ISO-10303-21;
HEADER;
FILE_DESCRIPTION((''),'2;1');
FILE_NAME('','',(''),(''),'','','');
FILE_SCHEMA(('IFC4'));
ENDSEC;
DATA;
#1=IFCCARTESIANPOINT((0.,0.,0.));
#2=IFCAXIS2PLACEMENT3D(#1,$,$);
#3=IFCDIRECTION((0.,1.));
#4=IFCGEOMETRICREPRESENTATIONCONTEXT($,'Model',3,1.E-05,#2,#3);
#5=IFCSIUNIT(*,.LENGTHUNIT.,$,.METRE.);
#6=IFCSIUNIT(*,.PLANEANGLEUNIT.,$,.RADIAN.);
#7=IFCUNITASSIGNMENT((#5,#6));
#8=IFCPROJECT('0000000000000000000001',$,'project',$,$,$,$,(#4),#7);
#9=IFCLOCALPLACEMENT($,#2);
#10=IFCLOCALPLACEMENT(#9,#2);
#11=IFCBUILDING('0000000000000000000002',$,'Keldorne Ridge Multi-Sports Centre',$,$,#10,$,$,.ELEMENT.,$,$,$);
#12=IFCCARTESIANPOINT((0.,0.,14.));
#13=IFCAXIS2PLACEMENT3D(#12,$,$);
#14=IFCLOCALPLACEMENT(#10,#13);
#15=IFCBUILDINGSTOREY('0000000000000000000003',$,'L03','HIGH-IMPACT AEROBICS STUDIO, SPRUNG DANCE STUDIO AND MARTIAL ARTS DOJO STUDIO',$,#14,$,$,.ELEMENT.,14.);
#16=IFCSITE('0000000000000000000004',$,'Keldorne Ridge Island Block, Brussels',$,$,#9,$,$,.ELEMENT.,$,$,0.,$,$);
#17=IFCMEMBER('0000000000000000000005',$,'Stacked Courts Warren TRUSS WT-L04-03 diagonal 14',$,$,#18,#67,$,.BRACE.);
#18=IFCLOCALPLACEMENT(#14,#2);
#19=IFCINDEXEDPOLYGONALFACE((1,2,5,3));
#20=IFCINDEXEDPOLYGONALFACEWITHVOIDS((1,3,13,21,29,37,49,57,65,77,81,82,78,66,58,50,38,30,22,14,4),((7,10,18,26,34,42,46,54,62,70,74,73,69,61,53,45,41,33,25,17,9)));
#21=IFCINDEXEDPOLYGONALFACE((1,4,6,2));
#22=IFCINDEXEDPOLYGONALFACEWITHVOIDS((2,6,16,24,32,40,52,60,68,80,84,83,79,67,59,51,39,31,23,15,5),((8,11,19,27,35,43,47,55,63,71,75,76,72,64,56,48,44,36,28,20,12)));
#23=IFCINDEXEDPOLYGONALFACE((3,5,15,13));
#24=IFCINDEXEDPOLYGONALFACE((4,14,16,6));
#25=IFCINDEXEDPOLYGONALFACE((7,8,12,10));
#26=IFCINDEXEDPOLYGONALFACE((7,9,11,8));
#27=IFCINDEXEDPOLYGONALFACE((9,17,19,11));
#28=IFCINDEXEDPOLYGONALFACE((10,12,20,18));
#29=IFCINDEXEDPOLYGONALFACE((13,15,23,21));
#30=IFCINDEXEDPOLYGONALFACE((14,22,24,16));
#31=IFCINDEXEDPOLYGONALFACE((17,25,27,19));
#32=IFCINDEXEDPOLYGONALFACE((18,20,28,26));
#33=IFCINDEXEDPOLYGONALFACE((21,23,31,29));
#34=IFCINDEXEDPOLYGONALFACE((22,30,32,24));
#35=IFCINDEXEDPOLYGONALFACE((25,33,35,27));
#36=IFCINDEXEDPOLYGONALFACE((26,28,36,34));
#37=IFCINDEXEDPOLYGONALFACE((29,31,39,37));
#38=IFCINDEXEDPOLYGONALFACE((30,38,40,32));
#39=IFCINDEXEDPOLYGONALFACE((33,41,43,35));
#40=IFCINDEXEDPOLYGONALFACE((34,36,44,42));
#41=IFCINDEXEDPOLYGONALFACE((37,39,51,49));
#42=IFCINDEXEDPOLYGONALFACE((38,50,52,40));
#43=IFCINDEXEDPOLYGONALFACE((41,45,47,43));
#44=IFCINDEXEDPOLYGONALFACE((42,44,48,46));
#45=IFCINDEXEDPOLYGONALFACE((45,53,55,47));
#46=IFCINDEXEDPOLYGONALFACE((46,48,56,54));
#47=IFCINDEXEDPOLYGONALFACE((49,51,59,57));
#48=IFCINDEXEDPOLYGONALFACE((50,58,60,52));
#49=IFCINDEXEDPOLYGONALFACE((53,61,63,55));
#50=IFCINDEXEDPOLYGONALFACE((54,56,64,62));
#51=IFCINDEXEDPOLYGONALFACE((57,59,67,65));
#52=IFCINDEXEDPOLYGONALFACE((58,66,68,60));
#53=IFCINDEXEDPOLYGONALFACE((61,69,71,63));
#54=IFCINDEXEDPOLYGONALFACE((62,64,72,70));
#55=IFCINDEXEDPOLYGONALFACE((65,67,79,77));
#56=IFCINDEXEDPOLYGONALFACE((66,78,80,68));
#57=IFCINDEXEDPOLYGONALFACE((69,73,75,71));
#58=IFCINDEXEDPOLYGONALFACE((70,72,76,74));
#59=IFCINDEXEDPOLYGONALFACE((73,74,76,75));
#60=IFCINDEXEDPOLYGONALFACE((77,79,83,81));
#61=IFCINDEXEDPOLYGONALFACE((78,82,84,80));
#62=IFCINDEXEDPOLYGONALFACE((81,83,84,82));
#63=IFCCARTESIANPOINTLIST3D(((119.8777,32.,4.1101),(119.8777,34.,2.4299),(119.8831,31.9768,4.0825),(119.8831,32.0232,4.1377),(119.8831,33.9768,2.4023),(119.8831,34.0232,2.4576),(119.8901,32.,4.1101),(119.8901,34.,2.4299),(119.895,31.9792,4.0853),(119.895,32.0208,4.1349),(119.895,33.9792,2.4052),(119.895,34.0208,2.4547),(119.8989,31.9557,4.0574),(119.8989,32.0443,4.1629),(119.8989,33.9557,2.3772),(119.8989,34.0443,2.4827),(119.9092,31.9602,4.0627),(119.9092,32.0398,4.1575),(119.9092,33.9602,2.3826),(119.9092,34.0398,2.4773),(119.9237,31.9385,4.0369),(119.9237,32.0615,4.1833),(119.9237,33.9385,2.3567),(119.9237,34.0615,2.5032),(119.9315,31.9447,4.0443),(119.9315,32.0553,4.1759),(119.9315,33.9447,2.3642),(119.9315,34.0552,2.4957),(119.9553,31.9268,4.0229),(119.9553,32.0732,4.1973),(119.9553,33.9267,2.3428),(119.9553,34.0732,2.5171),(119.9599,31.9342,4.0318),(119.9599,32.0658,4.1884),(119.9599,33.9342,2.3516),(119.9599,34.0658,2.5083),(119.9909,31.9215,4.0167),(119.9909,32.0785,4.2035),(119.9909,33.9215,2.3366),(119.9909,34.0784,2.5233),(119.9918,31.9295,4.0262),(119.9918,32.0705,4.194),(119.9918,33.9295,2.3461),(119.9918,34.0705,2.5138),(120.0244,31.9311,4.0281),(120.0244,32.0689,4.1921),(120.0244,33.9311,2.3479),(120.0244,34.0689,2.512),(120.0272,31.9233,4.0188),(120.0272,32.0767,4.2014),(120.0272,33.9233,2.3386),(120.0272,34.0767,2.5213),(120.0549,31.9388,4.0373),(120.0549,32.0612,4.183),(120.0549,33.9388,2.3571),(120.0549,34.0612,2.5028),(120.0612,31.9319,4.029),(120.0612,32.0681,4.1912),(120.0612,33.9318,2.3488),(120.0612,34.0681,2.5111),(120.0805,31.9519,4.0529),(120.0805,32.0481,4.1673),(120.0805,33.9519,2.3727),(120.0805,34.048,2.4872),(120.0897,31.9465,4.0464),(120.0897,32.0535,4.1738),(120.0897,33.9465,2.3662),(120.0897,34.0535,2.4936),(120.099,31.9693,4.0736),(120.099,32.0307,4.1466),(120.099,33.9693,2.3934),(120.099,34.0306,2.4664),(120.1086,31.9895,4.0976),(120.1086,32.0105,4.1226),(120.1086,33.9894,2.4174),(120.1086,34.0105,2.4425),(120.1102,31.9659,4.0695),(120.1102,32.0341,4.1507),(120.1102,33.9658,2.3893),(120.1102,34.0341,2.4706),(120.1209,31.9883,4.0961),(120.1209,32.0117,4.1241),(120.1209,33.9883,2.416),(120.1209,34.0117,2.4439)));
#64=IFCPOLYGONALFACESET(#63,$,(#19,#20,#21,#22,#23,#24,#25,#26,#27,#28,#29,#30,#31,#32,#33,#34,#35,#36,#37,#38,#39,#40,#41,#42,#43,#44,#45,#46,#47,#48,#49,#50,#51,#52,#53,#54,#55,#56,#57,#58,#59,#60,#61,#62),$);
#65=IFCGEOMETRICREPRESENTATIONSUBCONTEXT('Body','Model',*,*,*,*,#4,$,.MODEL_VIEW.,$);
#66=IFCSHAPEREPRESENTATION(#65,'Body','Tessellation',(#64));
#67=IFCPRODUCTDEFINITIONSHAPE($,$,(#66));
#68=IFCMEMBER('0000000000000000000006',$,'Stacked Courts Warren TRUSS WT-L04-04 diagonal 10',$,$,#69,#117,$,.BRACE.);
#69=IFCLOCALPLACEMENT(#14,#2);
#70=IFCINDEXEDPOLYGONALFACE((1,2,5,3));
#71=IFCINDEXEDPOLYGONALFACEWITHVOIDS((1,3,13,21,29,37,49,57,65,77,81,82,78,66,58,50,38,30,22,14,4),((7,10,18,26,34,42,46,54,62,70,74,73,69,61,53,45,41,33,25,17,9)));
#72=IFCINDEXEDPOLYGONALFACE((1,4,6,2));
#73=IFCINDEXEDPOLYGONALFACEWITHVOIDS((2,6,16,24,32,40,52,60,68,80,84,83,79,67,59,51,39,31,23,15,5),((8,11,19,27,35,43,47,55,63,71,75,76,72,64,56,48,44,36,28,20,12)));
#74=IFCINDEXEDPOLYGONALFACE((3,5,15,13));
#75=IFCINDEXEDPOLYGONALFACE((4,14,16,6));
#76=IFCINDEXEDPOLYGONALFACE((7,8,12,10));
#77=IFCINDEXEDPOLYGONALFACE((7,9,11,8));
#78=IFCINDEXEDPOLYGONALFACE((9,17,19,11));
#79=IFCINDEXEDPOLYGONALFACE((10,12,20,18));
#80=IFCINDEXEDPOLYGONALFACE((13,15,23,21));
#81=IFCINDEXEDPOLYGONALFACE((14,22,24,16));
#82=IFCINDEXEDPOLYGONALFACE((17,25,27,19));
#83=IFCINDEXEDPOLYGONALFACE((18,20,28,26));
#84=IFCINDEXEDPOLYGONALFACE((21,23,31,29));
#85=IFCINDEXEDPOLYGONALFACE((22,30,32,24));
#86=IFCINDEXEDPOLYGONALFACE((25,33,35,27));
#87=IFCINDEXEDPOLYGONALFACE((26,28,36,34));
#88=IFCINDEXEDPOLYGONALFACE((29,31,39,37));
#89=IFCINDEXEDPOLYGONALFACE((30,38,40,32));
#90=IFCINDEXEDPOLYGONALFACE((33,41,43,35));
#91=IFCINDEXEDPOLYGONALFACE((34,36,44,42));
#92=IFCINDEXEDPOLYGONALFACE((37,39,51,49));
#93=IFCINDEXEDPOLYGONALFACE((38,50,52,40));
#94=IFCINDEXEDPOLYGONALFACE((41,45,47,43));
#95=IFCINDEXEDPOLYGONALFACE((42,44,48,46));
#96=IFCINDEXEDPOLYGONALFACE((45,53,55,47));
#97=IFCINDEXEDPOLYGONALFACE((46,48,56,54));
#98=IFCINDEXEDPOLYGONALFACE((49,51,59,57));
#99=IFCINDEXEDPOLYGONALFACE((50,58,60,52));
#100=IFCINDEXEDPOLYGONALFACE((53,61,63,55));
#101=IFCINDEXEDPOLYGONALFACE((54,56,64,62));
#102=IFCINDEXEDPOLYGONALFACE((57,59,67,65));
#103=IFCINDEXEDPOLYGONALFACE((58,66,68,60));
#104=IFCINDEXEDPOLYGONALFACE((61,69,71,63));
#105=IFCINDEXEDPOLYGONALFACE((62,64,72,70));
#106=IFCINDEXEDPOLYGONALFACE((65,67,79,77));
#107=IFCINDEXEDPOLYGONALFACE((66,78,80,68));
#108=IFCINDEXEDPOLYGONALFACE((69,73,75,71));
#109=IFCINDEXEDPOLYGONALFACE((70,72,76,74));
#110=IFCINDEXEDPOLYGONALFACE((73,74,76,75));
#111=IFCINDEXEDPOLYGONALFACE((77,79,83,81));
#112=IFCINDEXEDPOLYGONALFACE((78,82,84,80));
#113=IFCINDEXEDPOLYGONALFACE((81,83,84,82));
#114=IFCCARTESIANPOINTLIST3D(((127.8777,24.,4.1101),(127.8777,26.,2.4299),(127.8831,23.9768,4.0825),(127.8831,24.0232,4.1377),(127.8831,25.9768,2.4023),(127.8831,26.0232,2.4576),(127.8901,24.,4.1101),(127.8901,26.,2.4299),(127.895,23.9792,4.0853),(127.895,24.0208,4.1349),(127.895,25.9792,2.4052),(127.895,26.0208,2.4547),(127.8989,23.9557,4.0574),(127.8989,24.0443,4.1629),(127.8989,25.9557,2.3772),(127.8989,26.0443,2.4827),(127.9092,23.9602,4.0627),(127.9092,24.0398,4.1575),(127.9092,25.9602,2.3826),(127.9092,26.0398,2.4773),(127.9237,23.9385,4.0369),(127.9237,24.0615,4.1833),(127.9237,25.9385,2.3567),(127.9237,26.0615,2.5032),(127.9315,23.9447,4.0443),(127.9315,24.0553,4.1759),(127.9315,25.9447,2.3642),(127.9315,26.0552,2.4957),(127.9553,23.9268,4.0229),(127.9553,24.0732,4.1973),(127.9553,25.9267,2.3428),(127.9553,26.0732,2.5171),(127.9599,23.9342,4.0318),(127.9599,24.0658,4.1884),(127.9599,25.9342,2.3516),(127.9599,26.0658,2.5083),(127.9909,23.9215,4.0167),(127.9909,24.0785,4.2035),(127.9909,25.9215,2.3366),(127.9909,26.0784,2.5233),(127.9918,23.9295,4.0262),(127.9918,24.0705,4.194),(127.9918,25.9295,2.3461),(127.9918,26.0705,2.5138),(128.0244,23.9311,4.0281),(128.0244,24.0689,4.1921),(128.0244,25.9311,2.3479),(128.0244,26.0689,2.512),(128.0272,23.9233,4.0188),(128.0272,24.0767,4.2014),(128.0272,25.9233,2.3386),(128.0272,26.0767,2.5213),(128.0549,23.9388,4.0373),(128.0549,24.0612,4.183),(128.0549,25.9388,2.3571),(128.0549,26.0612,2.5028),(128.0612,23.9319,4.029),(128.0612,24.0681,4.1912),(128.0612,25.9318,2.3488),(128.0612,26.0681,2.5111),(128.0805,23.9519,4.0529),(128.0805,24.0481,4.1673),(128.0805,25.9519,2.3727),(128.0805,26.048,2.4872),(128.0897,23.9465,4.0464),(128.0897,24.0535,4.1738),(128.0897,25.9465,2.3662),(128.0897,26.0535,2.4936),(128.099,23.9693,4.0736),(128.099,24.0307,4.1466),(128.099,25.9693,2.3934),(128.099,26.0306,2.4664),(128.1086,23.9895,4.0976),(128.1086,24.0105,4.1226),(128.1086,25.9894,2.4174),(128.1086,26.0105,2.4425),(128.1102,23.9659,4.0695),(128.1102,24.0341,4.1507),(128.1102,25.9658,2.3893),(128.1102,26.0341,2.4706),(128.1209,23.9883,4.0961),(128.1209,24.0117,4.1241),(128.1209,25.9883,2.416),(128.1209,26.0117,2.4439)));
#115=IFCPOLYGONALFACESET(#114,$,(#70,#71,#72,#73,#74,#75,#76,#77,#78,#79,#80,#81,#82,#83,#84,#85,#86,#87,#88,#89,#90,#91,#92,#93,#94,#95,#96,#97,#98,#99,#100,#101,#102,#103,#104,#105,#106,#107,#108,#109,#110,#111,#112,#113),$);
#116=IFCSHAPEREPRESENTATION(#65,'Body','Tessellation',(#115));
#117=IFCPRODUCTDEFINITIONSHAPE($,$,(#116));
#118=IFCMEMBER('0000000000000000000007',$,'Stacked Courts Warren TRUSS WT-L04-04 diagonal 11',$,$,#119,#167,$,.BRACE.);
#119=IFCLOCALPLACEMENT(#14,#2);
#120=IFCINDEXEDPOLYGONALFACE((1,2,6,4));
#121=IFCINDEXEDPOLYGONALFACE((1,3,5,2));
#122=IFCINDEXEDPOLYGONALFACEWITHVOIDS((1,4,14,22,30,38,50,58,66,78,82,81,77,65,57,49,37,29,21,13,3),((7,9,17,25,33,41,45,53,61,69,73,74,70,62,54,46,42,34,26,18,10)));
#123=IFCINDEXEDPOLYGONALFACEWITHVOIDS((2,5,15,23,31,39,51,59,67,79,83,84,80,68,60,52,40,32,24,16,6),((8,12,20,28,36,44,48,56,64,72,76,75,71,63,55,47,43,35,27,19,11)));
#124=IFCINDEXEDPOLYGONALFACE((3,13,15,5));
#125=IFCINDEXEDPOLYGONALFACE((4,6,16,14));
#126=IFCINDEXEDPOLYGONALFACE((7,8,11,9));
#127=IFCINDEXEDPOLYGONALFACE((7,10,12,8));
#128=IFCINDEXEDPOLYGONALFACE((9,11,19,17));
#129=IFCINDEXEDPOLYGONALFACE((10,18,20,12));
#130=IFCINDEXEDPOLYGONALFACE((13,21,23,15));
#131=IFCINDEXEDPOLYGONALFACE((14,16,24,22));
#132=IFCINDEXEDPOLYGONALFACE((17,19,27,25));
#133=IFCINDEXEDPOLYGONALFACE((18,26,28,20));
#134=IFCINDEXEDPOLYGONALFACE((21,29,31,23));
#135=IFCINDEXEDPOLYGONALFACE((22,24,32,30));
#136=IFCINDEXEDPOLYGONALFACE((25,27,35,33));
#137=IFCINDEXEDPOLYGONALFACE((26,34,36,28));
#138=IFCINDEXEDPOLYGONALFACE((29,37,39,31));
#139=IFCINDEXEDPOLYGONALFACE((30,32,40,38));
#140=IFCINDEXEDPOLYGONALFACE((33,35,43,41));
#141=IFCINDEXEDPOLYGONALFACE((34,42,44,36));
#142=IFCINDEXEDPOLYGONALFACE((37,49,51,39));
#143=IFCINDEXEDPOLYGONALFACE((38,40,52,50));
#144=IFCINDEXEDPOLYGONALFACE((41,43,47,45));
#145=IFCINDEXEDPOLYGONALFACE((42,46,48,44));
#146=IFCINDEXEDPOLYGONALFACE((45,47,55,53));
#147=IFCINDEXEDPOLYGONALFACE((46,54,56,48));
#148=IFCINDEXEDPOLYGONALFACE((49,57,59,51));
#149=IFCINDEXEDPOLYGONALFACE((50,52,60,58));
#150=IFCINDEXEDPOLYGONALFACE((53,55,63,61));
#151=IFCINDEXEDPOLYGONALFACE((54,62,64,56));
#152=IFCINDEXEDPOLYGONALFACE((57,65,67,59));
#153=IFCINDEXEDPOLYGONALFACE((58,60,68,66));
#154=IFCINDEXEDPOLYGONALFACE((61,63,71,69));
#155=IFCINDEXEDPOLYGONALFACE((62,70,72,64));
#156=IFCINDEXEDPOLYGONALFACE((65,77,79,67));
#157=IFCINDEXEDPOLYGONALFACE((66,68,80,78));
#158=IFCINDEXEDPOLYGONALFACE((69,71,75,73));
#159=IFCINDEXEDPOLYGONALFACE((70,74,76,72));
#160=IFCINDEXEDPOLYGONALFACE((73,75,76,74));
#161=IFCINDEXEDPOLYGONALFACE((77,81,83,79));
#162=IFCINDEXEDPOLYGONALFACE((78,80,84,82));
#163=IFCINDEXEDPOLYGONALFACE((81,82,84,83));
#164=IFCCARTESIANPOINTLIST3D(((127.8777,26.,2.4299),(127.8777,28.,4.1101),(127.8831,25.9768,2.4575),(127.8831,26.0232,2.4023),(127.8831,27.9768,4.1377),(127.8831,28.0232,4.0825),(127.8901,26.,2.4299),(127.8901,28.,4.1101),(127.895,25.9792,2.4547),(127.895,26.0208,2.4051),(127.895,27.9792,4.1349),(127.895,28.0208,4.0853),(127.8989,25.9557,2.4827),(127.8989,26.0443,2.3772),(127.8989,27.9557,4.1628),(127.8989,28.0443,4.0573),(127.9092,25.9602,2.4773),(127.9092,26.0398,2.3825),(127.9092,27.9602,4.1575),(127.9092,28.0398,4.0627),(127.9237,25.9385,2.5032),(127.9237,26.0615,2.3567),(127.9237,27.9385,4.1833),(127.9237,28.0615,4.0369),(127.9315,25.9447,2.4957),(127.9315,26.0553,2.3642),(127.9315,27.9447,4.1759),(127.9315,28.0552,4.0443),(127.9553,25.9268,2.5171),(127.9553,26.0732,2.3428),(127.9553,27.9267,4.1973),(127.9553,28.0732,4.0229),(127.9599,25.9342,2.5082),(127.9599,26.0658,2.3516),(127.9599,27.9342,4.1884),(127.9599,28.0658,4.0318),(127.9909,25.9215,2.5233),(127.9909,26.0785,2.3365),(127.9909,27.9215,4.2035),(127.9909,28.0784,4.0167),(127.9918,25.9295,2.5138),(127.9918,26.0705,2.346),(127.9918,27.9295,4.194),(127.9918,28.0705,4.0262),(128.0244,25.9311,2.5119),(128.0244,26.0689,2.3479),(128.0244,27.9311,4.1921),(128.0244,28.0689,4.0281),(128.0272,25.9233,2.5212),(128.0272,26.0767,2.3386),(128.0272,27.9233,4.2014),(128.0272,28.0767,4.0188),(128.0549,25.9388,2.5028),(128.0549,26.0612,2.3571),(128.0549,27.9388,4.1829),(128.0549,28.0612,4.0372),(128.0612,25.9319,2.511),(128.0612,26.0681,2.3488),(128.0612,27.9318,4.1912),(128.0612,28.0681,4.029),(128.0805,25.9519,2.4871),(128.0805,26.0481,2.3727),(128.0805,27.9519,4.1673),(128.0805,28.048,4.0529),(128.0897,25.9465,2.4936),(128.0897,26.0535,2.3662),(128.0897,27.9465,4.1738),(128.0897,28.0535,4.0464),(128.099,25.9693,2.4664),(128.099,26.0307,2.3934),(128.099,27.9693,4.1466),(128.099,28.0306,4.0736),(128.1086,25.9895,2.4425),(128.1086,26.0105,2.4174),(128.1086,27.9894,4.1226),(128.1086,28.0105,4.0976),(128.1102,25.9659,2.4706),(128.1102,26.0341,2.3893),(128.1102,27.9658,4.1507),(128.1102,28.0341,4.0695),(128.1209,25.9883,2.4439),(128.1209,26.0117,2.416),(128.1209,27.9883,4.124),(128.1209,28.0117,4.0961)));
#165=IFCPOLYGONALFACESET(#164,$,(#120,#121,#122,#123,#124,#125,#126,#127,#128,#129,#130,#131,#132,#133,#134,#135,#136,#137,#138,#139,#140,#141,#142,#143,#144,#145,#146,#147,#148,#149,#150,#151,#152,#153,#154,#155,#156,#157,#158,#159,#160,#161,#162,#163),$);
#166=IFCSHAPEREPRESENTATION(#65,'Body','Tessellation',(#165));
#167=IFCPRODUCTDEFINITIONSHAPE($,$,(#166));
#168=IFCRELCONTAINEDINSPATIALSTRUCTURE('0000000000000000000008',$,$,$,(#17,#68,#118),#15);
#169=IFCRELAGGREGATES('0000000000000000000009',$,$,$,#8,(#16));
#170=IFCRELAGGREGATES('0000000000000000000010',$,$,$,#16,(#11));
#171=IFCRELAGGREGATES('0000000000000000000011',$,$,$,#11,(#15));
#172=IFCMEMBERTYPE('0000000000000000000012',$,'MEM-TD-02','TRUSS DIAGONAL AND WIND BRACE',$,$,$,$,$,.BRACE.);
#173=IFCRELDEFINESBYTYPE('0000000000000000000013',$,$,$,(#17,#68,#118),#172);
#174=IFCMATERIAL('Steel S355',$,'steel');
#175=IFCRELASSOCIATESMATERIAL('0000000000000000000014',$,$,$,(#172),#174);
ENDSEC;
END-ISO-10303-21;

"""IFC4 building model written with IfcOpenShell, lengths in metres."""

from ifc_helpers import new_model, si_unit, direction, frame, origin, origin_2d, place, context, subcontext, project, spatial, hollow_circle, extrude, material, material_profile, profile_set, type_object, element, save


model = new_model("IFC4")

# Units and contexts
model_context = context("Model", 3, precision=1e-05, world=origin(), true_north=direction((0.0, 1.0)))
body_context = subcontext(model_context, "Body", "Model", "MODEL_VIEW")
ifc_project = project(units=[si_unit("LENGTHUNIT", "METRE"), si_unit("PLANEANGLEUNIT", "RADIAN")], contexts=[model_context])

# Site, building, storey
site_placement = place(None, origin())
site = spatial("IfcSite", under=ifc_project, at=site_placement, Name="Keldorne Ridge Island Block, Brussels", CompositionType="ELEMENT", RefElevation=0.0)
building_placement = place(site_placement, origin())
building = spatial("IfcBuilding", under=site, at=building_placement, Name="Keldorne Ridge Multi-Sports Centre", CompositionType="ELEMENT")
storey_placement = place(building_placement, frame((0.0, 0.0, 14.0)))
storey = spatial("IfcBuildingStorey", under=building, at=storey_placement, Name="L03", Description="HIGH-IMPACT AEROBICS STUDIO, SPRUNG DANCE STUDIO AND MARTIAL ARTS DOJO STUDIO", CompositionType="ELEMENT", Elevation=14.0)

# Members
ifc_material = material(Name="Steel S355", Category="steel")
ifc_material_profile_1 = material_profile(ifc_material, hollow_circle(Radius=0.1223, WallThickness=0.0125, at=origin_2d()), Name="CHS 244.5x12.5")
ifc_profile_set_1 = profile_set([ifc_material_profile_1], Name="Steel S355")
member_type_1 = type_object("IfcMemberType", Name="MEM-TD-02", Description="TRUSS DIAGONAL AND WIND BRACE", PredefinedType="BRACE", material=ifc_profile_set_1)
for number, where, z_axis, x_axis, name in (
    (1, (120.0, 32.0, 4.1101), (0.0, 0.765672, -0.643232), (-1.0, 0.0, 0.0), "Stacked Courts Warren TRUSS WT-L04-03 diagonal 14"),
    (2, (128.0, 24.0, 4.1101), (0.0, 0.765672, -0.643232), (-1.0, 0.0, 0.0), "Stacked Courts Warren TRUSS WT-L04-04 diagonal 10"),
    (3, (128.0, 26.0, 2.4299), (0.0, 0.765672, 0.643232), (-1.0, 0.0, 0.0), "Stacked Courts Warren TRUSS WT-L04-04 diagonal 11"),
):
    element("IfcMember", number, at=place(storey_placement, frame(where, z_axis=z_axis, x_axis=x_axis)), inside=storey, type_object=member_type_1, Name=name, PredefinedType="BRACE", context=body_context, shape_type="SweptSolid", body=[
        extrude(hollow_circle(Radius=0.1223, WallThickness=0.0125, at=origin_2d()), origin(), (0.0, 0.0, 1.0), 2.6121),
    ])

save(model, "model.ifc")
